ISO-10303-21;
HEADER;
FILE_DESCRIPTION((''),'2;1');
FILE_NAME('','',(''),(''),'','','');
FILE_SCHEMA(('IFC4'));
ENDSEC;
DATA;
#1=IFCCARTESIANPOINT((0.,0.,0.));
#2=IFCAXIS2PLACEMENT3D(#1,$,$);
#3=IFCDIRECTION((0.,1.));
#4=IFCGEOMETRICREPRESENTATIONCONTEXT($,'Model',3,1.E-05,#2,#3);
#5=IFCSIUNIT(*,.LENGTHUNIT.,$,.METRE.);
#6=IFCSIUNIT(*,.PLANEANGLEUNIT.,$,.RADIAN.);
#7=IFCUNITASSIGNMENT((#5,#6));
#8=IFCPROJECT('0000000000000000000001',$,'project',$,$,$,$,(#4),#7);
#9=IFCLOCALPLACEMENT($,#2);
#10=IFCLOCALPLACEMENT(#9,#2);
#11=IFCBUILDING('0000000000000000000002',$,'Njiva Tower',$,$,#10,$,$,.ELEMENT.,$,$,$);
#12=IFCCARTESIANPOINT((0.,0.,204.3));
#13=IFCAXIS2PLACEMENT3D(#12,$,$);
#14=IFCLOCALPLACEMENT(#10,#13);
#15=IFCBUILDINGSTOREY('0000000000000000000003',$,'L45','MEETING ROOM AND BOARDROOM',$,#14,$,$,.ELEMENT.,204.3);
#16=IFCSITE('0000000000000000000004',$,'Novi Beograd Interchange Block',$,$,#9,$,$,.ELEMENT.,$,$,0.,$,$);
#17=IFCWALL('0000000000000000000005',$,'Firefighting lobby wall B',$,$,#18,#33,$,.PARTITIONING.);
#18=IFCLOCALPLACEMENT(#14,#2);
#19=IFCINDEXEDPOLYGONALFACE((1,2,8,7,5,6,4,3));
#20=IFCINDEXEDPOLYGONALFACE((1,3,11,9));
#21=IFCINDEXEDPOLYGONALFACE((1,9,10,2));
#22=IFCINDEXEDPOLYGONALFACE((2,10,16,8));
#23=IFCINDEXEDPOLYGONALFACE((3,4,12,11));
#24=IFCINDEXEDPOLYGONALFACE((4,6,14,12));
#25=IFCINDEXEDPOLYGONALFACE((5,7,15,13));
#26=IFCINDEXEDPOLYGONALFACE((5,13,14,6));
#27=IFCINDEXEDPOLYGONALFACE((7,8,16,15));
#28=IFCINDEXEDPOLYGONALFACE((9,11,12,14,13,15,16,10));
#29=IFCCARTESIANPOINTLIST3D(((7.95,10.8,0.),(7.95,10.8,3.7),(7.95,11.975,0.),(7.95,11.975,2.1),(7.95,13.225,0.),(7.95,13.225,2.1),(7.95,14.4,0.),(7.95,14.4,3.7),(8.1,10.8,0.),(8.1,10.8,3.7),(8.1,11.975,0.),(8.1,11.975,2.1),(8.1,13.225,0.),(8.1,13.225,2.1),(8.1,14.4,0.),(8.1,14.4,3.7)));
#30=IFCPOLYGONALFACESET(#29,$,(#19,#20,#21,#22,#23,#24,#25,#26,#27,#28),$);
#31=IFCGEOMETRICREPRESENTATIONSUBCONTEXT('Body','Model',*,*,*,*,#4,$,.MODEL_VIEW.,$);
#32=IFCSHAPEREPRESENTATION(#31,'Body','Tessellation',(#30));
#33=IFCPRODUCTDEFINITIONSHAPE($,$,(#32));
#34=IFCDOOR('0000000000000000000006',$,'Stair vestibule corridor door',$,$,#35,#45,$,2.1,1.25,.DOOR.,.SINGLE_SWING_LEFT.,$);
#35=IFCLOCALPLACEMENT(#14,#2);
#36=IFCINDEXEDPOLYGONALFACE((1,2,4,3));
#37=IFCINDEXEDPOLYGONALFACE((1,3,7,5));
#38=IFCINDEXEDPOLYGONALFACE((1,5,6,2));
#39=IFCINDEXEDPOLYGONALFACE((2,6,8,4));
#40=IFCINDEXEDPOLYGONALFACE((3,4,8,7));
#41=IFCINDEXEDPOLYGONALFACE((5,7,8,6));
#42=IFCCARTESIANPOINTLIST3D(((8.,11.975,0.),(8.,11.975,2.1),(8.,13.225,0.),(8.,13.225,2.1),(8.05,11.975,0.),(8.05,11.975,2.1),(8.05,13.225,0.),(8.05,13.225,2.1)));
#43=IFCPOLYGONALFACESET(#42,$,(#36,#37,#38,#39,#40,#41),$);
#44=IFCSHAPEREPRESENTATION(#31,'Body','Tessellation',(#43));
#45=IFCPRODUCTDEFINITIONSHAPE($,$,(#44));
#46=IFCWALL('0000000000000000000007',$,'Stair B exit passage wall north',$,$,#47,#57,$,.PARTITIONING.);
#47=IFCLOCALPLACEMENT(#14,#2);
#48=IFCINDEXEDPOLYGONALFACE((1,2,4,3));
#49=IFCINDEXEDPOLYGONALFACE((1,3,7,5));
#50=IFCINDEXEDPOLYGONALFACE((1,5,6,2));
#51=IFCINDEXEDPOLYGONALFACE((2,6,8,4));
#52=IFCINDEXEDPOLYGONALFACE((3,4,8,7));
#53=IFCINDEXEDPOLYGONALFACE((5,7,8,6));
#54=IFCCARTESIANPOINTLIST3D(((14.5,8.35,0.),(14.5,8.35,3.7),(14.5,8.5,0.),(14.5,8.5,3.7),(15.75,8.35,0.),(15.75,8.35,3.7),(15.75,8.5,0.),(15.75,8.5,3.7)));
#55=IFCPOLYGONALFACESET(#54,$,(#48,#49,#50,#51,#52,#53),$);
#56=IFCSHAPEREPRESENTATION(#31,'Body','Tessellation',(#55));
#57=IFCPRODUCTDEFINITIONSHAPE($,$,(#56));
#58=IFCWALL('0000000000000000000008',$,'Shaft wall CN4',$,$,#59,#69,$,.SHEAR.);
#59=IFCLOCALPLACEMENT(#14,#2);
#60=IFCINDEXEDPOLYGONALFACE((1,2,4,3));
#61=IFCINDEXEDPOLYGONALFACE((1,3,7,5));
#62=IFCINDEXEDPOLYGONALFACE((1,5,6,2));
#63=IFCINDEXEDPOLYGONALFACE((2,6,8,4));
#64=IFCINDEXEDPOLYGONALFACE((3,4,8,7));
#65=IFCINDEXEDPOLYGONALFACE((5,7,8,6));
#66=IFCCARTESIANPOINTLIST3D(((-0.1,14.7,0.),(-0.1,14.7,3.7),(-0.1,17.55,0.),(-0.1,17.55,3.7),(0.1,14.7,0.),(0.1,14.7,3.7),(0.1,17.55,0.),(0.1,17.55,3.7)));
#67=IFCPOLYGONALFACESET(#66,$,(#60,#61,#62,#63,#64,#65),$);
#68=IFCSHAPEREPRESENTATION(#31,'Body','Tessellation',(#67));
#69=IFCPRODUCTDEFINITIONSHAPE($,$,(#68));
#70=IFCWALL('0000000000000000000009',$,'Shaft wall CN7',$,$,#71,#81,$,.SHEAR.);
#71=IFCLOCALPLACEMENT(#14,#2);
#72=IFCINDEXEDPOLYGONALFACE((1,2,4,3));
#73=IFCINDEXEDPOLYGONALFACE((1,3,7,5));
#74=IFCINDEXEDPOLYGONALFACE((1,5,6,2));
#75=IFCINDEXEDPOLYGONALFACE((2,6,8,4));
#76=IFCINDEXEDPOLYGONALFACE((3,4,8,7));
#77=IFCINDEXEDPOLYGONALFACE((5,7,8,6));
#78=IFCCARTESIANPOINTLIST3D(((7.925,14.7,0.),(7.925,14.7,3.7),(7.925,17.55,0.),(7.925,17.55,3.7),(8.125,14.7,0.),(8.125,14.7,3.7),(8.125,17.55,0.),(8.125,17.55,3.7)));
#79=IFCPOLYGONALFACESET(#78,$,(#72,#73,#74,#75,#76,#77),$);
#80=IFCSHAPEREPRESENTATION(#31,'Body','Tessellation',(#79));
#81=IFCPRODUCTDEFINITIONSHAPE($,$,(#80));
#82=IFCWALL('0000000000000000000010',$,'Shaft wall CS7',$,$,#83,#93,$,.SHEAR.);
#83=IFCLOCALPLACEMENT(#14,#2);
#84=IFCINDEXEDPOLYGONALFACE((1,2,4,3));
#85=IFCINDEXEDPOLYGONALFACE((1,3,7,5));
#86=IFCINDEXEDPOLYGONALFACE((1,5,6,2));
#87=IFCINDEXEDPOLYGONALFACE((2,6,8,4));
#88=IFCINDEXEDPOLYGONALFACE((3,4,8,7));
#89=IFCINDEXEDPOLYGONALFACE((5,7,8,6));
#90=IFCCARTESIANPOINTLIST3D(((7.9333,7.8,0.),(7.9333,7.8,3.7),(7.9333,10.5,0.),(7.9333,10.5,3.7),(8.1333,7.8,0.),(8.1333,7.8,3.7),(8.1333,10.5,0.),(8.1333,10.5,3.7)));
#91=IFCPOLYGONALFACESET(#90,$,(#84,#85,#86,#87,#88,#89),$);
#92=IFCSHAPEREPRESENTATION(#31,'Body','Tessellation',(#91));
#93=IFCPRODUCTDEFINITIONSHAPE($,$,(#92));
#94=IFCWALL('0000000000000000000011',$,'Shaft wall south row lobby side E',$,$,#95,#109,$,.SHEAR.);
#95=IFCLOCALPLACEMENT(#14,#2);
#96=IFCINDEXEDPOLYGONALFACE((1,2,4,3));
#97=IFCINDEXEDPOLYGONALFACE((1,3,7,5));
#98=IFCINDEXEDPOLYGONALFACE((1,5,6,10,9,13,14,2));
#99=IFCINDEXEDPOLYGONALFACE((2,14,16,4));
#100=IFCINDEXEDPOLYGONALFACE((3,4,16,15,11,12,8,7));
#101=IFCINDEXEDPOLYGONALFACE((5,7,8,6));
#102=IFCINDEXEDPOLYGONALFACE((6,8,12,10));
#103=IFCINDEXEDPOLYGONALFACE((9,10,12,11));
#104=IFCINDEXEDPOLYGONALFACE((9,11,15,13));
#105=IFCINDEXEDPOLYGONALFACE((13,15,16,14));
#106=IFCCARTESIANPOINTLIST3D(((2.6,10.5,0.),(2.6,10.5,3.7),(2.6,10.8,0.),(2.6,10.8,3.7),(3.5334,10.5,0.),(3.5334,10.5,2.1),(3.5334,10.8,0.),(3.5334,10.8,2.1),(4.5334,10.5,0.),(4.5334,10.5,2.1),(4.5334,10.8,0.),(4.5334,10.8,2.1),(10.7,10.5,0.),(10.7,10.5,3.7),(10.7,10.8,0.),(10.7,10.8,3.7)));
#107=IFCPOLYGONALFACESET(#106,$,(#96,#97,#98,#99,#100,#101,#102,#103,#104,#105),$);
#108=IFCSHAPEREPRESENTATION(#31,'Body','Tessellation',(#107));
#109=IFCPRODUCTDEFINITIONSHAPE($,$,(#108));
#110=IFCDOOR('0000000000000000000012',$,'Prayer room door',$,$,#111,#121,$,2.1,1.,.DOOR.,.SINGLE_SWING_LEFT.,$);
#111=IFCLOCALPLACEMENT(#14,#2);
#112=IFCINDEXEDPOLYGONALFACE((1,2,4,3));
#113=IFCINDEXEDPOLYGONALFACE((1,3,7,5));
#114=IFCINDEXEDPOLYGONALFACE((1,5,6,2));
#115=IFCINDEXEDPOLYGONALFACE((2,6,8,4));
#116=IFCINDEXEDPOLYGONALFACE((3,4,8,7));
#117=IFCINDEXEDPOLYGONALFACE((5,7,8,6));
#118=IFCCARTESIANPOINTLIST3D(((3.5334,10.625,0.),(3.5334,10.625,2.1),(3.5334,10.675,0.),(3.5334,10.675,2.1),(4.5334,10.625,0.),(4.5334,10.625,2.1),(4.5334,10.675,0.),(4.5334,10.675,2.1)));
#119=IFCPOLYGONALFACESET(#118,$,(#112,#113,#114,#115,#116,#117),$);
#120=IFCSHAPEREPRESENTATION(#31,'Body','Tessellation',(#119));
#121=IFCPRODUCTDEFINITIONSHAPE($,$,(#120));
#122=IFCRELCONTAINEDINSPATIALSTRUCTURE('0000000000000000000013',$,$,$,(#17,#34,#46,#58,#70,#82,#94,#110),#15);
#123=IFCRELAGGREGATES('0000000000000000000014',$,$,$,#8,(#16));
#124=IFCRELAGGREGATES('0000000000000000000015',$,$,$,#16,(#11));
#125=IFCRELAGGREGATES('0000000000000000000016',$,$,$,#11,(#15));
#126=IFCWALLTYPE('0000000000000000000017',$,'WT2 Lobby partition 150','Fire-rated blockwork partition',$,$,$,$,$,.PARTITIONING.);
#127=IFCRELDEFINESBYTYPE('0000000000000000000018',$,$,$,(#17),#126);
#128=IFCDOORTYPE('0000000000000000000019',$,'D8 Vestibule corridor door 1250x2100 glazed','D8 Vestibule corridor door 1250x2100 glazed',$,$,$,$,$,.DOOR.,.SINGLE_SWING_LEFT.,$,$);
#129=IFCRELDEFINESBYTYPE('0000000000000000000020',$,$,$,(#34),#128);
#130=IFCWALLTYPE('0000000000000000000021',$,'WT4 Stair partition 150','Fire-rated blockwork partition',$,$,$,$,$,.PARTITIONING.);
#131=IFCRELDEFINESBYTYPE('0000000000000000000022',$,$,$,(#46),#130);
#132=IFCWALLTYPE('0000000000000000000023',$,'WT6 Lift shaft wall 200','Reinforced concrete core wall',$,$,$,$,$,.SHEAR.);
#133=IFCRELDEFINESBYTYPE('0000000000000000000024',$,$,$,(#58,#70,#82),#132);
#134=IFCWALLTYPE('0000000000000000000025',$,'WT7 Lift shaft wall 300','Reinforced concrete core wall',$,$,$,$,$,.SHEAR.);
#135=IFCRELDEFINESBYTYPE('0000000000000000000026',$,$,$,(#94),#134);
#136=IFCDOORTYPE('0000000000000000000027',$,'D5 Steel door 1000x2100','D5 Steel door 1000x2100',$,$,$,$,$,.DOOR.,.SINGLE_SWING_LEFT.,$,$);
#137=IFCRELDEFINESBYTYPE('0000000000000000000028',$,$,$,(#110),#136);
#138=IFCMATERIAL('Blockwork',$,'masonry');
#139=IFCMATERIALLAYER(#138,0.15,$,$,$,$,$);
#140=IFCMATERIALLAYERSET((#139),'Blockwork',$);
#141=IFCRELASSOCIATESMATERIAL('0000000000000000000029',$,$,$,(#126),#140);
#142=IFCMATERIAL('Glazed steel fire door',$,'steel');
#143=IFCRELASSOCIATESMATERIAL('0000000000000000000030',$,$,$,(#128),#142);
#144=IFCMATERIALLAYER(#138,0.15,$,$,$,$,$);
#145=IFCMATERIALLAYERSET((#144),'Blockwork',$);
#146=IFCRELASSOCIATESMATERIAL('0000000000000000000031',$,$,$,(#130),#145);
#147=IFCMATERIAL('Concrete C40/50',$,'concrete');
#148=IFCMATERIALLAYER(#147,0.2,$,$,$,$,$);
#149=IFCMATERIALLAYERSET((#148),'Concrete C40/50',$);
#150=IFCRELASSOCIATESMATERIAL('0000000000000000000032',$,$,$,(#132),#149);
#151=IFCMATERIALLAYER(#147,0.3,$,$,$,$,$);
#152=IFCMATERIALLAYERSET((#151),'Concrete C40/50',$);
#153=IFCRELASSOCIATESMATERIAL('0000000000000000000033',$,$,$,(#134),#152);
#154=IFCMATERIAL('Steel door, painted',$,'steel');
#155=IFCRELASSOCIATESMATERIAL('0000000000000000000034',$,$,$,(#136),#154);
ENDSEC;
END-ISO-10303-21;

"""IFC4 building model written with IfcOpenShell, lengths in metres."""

from ifc_helpers import new_model, si_unit, direction, frame, frame_2d, origin, place, context, subcontext, project, spatial, rectangle, extrude, material, layer, layer_set, type_object, element, fill, save


model = new_model("IFC4")

# Units and contexts
model_context = context("Model", 3, precision=1e-05, world=origin(), true_north=direction((0.0, 1.0)))
body_context = subcontext(model_context, "Body", "Model", "MODEL_VIEW")
ifc_project = project(units=[si_unit("LENGTHUNIT", "METRE"), si_unit("PLANEANGLEUNIT", "RADIAN")], contexts=[model_context])

# Site, building, storey
site_placement = place(None, origin())
site = spatial("IfcSite", under=ifc_project, at=site_placement, Name="Novi Beograd Interchange Block", CompositionType="ELEMENT", RefElevation=0.0)
building_placement = place(site_placement, origin())
building = spatial("IfcBuilding", under=site, at=building_placement, Name="Njiva Tower", CompositionType="ELEMENT")
storey_placement = place(building_placement, frame((0.0, 0.0, 204.3)))
storey = spatial("IfcBuildingStorey", under=building, at=storey_placement, Name="L45", Description="MEETING ROOM AND BOARDROOM", CompositionType="ELEMENT", Elevation=204.3)

# Shared definitions
ifc_material_1 = material(Name="Blockwork", Category="masonry")

# Wall, opening, door
ifc_material_2 = material(Name="Concrete C40/50", Category="concrete")
ifc_material_3 = material(Name="Glazed steel fire door", Category="steel")
ifc_layer_1 = layer(ifc_material_1, 0.15)
ifc_layer_set_1 = layer_set([ifc_layer_1], Name="Blockwork")
wall_type_1 = type_object("IfcWallType", Name="WT2 Lobby partition 150", Description="Fire-rated blockwork partition", PredefinedType="PARTITIONING", material=ifc_layer_set_1)
wall_1_placement = place(storey_placement, frame((8.025, 10.8, 0.0), z_axis=(0.0, 0.0, 1.0), x_axis=(0.0, 1.0, 0.0)))
wall_1 = element("IfcWall", 1, at=wall_1_placement, inside=storey, type_object=wall_type_1, Name="Firefighting lobby wall B", PredefinedType="PARTITIONING", context=body_context, shape_type="SweptSolid", body=[
    extrude(rectangle(XDim=3.6, YDim=0.15, at=frame_2d((1.8, 0.0))), origin(), (0.0, 0.0, 1.0), 3.7),
])
opening_1_placement = place(wall_1_placement, frame((1.175, 0.0, 0.0)))
opening_1 = element("IfcOpeningElement", 2, at=opening_1_placement, cuts=wall_1, PredefinedType="OPENING", context=body_context, shape_type="SweptSolid", body=[
    extrude(rectangle(XDim=1.25, YDim=2.1, at=frame_2d((0.625, 1.05))), frame((0.0, 0.085, 0.0), z_axis=(0.0, -1.0, 0.0), x_axis=(1.0, 0.0, 0.0)), (0.0, 0.0, 1.0), 0.17),
])
door_type_1 = type_object("IfcDoorType", Name="D8 Vestibule corridor door 1250x2100 glazed", Description="D8 Vestibule corridor door 1250x2100 glazed", OperationType="SINGLE_SWING_LEFT", PredefinedType="DOOR", material=ifc_material_3)
door_1_placement = place(opening_1_placement, origin())
door_1 = element("IfcDoor", 3, at=door_1_placement, inside=storey, type_object=door_type_1, Name="Stair vestibule corridor door", OperationType="SINGLE_SWING_LEFT", OverallHeight=2.1, OverallWidth=1.25, PredefinedType="DOOR", context=body_context, shape_type="SweptSolid", body=[
    extrude(rectangle(XDim=1.25, YDim=2.1, at=frame_2d((0.625, 1.05))), frame((0.0, 0.025, 0.0), z_axis=(0.0, -1.0, 0.0), x_axis=(1.0, 0.0, 0.0)), (0.0, 0.0, 1.0), 0.05),
])
fill(opening_1, door_1)

# Walls
ifc_layer_2 = layer(ifc_material_1, 0.15)
ifc_layer_set_2 = layer_set([ifc_layer_2], Name="Blockwork")
wall_type_2 = type_object("IfcWallType", Name="WT4 Stair partition 150", Description="Fire-rated blockwork partition", PredefinedType="PARTITIONING", material=ifc_layer_set_2)
wall_2_placement = place(storey_placement, frame((14.5, 8.425, 0.0), z_axis=(0.0, 0.0, 1.0), x_axis=(1.0, 0.0, 0.0)))
element("IfcWall", 4, at=wall_2_placement, inside=storey, type_object=wall_type_2, Name="Stair B exit passage wall north", PredefinedType="PARTITIONING", context=body_context, shape_type="SweptSolid", body=[
    extrude(rectangle(XDim=1.25, YDim=0.15, at=frame_2d((0.625, 0.0))), origin(), (0.0, 0.0, 1.0), 3.7),
])
ifc_layer_3 = layer(ifc_material_2, 0.2)
ifc_layer_set_3 = layer_set([ifc_layer_3], Name="Concrete C40/50")
wall_type_3 = type_object("IfcWallType", Name="WT6 Lift shaft wall 200", Description="Reinforced concrete core wall", PredefinedType="SHEAR", material=ifc_layer_set_3)
for number, where, z_axis, x_axis, name in (
    (5, (0.0, 14.7, 0.0), (0.0, 0.0, 1.0), (0.0, 1.0, 0.0), "Shaft wall CN4"),
    (6, (8.025, 14.7, 0.0), (0.0, 0.0, 1.0), (0.0, 1.0, 0.0), "Shaft wall CN7"),
):
    element("IfcWall", number, at=place(storey_placement, frame(where, z_axis=z_axis, x_axis=x_axis)), inside=storey, type_object=wall_type_3, Name=name, PredefinedType="SHEAR", context=body_context, shape_type="SweptSolid", body=[
        extrude(rectangle(XDim=2.85, YDim=0.2, at=frame_2d((1.425, 0.0))), origin(), (0.0, 0.0, 1.0), 3.7),
    ])
wall_3_placement = place(storey_placement, frame((8.0333, 7.8, 0.0), z_axis=(0.0, 0.0, 1.0), x_axis=(0.0, 1.0, 0.0)))
element("IfcWall", 7, at=wall_3_placement, inside=storey, type_object=wall_type_3, Name="Shaft wall CS7", PredefinedType="SHEAR", context=body_context, shape_type="SweptSolid", body=[
    extrude(rectangle(XDim=2.7, YDim=0.2, at=frame_2d((1.35, 0.0))), origin(), (0.0, 0.0, 1.0), 3.7),
])

# Wall, opening, door
ifc_layer_4 = layer(ifc_material_2, 0.3)
ifc_layer_set_4 = layer_set([ifc_layer_4], Name="Concrete C40/50")
wall_type_4 = type_object("IfcWallType", Name="WT7 Lift shaft wall 300", Description="Reinforced concrete core wall", PredefinedType="SHEAR", material=ifc_layer_set_4)
wall_4_placement = place(storey_placement, frame((2.6, 10.65, 0.0), z_axis=(0.0, 0.0, 1.0), x_axis=(1.0, 0.0, 0.0)))
wall_4 = element("IfcWall", 8, at=wall_4_placement, inside=storey, type_object=wall_type_4, Name="Shaft wall south row lobby side E", PredefinedType="SHEAR", context=body_context, shape_type="SweptSolid", body=[
    extrude(rectangle(XDim=8.1, YDim=0.3, at=frame_2d((4.05, 0.0))), origin(), (0.0, 0.0, 1.0), 3.7),
])
opening_2_placement = place(wall_4_placement, frame((0.9334, 0.0, 0.0)))
opening_2 = element("IfcOpeningElement", 9, at=opening_2_placement, cuts=wall_4, PredefinedType="OPENING", context=body_context, shape_type="SweptSolid", body=[
    extrude(rectangle(XDim=1.0, YDim=2.1, at=frame_2d((0.5, 1.05))), frame((0.0, 0.16, 0.0), z_axis=(0.0, -1.0, 0.0), x_axis=(1.0, 0.0, 0.0)), (0.0, 0.0, 1.0), 0.32),
])
ifc_material_4 = material(Name="Steel door, painted", Category="steel")
door_type_2 = type_object("IfcDoorType", Name="D5 Steel door 1000x2100", Description="D5 Steel door 1000x2100", OperationType="SINGLE_SWING_LEFT", PredefinedType="DOOR", material=ifc_material_4)
door_2_placement = place(opening_2_placement, origin())
door_2 = element("IfcDoor", 10, at=door_2_placement, inside=storey, type_object=door_type_2, Name="Prayer room door", OperationType="SINGLE_SWING_LEFT", OverallHeight=2.1, OverallWidth=1.0, PredefinedType="DOOR", context=body_context, shape_type="SweptSolid", body=[
    extrude(rectangle(XDim=1.0, YDim=2.1, at=frame_2d((0.5, 1.05))), frame((0.0, 0.025, 0.0), z_axis=(0.0, -1.0, 0.0), x_axis=(1.0, 0.0, 0.0)), (0.0, 0.0, 1.0), 0.05),
])
fill(opening_2, door_2)

save(model, "model.ifc")
